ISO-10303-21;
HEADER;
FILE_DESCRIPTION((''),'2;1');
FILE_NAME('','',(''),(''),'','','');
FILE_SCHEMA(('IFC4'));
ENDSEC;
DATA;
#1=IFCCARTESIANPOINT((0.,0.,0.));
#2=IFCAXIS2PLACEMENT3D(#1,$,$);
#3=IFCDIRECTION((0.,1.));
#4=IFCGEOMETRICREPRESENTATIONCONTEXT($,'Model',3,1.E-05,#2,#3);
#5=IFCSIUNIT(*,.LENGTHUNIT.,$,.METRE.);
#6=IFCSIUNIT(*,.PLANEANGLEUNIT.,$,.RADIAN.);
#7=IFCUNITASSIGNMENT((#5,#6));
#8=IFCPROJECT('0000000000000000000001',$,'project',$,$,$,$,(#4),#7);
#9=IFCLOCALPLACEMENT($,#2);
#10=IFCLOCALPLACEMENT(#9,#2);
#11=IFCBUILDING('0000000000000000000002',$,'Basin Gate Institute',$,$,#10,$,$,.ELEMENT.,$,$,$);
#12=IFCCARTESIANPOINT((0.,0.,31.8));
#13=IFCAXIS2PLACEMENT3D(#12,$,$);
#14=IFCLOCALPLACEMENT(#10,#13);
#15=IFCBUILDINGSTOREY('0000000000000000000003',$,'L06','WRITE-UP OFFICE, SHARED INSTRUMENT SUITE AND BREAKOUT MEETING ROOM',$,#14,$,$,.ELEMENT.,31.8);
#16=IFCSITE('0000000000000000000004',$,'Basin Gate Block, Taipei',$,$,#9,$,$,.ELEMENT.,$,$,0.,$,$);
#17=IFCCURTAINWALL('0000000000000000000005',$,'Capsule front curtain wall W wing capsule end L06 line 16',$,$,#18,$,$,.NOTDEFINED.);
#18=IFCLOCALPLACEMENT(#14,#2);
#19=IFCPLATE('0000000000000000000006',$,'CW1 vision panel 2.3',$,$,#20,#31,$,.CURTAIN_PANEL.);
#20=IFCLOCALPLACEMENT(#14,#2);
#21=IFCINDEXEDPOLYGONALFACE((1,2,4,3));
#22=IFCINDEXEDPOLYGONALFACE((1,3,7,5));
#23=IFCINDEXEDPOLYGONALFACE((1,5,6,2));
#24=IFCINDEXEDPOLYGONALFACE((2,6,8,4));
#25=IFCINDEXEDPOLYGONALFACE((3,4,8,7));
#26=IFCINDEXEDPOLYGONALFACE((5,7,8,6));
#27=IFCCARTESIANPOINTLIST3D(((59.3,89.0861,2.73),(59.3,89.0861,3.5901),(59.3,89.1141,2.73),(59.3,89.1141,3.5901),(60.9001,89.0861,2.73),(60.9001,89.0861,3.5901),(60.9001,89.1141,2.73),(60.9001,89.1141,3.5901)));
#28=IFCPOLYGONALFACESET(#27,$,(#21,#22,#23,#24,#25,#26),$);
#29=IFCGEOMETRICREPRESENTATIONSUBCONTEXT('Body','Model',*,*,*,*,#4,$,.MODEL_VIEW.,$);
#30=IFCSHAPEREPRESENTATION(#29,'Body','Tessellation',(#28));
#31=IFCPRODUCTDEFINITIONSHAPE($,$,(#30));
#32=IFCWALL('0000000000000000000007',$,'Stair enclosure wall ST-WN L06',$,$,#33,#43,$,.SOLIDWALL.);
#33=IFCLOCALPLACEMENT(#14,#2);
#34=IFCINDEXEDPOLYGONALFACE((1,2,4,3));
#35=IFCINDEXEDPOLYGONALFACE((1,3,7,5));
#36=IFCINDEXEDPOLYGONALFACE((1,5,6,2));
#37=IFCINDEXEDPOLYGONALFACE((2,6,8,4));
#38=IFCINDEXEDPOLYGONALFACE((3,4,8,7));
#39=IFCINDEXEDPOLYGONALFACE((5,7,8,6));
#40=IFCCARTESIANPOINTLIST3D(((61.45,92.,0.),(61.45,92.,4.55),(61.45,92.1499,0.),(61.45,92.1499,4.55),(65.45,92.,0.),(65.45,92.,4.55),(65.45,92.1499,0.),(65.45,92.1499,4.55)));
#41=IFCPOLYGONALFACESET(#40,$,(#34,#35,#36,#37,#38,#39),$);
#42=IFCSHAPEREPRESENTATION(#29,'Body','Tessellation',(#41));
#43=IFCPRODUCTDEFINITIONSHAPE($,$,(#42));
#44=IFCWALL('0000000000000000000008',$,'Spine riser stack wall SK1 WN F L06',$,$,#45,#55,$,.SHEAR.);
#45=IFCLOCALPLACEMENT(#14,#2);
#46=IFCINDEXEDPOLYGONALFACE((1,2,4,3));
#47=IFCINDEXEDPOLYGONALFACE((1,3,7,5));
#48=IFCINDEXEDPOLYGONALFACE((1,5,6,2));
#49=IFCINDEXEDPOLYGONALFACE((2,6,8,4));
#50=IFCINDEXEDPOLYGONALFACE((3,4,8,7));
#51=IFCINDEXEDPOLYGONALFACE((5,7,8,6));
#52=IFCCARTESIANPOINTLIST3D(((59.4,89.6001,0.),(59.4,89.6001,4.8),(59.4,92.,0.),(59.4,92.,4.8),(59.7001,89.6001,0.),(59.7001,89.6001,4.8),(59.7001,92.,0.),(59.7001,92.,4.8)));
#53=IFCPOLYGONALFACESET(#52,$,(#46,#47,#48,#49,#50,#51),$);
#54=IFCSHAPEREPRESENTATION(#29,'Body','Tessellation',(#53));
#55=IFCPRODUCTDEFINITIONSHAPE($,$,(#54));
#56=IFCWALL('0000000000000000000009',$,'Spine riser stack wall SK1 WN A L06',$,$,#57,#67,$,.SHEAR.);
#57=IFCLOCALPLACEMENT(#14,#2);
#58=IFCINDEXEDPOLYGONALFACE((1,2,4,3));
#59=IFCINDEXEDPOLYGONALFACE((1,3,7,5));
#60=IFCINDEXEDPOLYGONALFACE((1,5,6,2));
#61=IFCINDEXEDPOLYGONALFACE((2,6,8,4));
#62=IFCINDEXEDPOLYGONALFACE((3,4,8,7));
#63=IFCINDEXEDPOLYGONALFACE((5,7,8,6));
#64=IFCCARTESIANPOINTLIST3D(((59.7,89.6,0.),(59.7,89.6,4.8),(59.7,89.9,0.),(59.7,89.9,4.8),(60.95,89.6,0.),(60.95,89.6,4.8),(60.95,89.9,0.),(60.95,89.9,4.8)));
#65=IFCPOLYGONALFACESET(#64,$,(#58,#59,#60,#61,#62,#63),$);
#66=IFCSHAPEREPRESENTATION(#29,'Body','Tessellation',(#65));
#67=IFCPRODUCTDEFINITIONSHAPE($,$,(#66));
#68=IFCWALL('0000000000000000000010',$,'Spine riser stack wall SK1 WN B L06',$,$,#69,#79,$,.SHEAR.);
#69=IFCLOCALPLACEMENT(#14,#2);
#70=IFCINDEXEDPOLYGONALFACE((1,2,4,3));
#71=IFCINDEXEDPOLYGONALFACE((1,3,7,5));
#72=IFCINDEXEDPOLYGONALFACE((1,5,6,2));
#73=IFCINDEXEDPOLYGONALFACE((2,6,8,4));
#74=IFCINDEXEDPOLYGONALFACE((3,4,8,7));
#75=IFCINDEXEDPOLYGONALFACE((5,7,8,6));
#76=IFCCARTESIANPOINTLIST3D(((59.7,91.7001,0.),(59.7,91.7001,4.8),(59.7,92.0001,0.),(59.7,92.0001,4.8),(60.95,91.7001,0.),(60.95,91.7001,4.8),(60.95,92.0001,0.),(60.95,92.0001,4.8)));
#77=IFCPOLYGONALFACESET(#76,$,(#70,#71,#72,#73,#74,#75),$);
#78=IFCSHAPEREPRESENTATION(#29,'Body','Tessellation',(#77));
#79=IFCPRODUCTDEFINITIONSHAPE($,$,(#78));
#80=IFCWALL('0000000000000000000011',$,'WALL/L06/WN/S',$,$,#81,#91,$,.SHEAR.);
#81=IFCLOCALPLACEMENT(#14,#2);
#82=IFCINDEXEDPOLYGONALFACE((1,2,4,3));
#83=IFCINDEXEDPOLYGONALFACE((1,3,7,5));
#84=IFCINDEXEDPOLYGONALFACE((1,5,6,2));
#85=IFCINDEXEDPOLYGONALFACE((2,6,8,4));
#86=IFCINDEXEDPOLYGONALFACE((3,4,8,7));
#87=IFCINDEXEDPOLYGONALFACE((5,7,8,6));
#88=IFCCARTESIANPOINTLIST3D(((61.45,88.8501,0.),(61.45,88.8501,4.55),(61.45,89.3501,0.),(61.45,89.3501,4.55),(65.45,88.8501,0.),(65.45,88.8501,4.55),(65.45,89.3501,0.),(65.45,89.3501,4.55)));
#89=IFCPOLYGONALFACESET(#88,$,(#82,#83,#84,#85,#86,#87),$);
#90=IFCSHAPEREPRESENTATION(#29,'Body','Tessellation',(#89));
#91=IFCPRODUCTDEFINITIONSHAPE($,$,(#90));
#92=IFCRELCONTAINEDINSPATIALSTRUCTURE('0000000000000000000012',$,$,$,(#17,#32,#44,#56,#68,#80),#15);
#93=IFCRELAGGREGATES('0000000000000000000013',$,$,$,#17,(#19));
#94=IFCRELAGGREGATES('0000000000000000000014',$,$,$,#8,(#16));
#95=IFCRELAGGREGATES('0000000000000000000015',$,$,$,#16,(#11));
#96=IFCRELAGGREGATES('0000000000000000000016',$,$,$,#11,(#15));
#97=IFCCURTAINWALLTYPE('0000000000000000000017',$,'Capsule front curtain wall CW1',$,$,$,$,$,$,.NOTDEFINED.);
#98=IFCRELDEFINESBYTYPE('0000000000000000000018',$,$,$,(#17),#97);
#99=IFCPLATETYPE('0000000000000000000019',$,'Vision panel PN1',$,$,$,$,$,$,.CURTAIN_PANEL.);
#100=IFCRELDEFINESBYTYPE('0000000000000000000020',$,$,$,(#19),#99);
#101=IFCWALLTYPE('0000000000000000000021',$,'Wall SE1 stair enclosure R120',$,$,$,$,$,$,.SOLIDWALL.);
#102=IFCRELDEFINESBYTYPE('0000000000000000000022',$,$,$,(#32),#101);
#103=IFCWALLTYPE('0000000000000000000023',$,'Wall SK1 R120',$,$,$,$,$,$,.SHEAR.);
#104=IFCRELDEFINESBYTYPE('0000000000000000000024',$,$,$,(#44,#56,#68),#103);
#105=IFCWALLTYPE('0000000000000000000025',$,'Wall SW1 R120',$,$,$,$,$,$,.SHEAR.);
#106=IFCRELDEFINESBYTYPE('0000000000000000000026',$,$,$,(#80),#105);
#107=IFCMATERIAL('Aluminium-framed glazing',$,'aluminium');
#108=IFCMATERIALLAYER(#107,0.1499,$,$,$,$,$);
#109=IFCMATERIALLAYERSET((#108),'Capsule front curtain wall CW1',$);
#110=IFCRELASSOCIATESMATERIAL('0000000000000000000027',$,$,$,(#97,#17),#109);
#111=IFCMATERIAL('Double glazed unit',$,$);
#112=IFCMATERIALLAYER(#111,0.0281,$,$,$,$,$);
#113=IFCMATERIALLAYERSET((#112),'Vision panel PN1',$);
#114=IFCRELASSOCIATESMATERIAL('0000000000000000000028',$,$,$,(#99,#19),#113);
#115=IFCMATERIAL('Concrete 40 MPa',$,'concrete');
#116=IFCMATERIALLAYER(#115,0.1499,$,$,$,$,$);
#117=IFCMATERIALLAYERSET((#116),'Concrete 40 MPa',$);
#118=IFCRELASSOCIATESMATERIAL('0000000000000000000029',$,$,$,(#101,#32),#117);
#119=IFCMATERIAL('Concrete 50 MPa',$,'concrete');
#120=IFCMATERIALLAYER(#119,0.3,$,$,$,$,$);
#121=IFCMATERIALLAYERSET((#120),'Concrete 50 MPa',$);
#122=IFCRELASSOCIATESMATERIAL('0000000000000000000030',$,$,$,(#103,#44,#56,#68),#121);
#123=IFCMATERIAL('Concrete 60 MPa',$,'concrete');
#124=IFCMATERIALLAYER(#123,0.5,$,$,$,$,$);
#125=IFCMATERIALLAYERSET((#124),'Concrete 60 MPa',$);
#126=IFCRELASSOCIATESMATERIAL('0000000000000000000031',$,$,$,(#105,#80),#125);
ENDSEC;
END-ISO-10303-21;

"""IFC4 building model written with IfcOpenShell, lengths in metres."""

from ifc_helpers import new_model, si_unit, direction, frame, frame_2d, origin, origin_2d, place, context, subcontext, project, spatial, rectangle, extrude, material, layer, layer_set, type_object, element, aggregate, save


model = new_model("IFC4")

# Units and contexts
model_context = context("Model", 3, precision=1e-05, world=origin(), true_north=direction((0.0, 1.0)))
body_context = subcontext(model_context, "Body", "Model", "MODEL_VIEW")
ifc_project = project(units=[si_unit("LENGTHUNIT", "METRE"), si_unit("PLANEANGLEUNIT", "RADIAN")], contexts=[model_context])

# Site, building, storey
site_placement = place(None, origin())
site = spatial("IfcSite", under=ifc_project, at=site_placement, Name="Basin Gate Block, Taipei", CompositionType="ELEMENT", RefElevation=0.0)
building_placement = place(site_placement, origin())
building = spatial("IfcBuilding", under=site, at=building_placement, Name="Basin Gate Institute", CompositionType="ELEMENT")
storey_placement = place(building_placement, frame((0.0, 0.0, 31.8)))
storey = spatial("IfcBuildingStorey", under=building, at=storey_placement, Name="L06", Description="WRITE-UP OFFICE, SHARED INSTRUMENT SUITE AND BREAKOUT MEETING ROOM", CompositionType="ELEMENT", Elevation=31.8)

# Curtain wall
ifc_material_1 = material(Name="Aluminium-framed glazing", Category="aluminium")
ifc_layer_1 = layer(ifc_material_1, 0.1499)
ifc_layer_set_1 = layer_set([ifc_layer_1], Name="Capsule front curtain wall CW1")
curtain_wall_type = type_object("IfcCurtainWallType", Name="Capsule front curtain wall CW1", PredefinedType="NOTDEFINED", material=ifc_layer_set_1)
curtain_wall_1_placement = place(storey_placement, origin())
curtain_wall_1 = element("IfcCurtainWall", 1, at=curtain_wall_1_placement, inside=storey, type_object=curtain_wall_type, material=ifc_layer_set_1, Name="Capsule front curtain wall W wing capsule end L06 line 16", PredefinedType="NOTDEFINED")

# Plate
ifc_material_2 = material(Name="Double glazed unit")
ifc_layer_2 = layer(ifc_material_2, 0.0281)
ifc_layer_set_2 = layer_set([ifc_layer_2], Name="Vision panel PN1")
plate_type_1 = type_object("IfcPlateType", Name="Vision panel PN1", PredefinedType="CURTAIN_PANEL", material=ifc_layer_set_2)
plate_1_placement = place(storey_placement, frame((60.1001, 89.1001, 2.73), z_axis=(0.0, 0.0, 1.0), x_axis=(1.0, 0.0, 0.0)))
plate_1 = element("IfcPlate", 2, at=plate_1_placement, type_object=plate_type_1, material=ifc_layer_set_2, Name="CW1 vision panel 2.3", PredefinedType="CURTAIN_PANEL", context=body_context, shape_type="SweptSolid", body=[
    extrude(rectangle(XDim=1.6001, YDim=0.0281, at=origin_2d()), origin(), (0.0, 0.0, 1.0), 0.8601),
])
aggregate(curtain_wall_1, [plate_1])

# Walls
ifc_material_3 = material(Name="Concrete 40 MPa", Category="concrete")
ifc_layer_3 = layer(ifc_material_3, 0.1499)
ifc_layer_set_3 = layer_set([ifc_layer_3], Name="Concrete 40 MPa")
wall_type_1 = type_object("IfcWallType", Name="Wall SE1 stair enclosure R120", PredefinedType="SOLIDWALL", material=ifc_layer_set_3)
wall_1_placement = place(storey_placement, frame((61.45, 92.075, 0.0), z_axis=(0.0, 0.0, 1.0), x_axis=(1.0, 0.0, 0.0)))
element("IfcWall", 3, at=wall_1_placement, inside=storey, type_object=wall_type_1, material=ifc_layer_set_3, Name="Stair enclosure wall ST-WN L06", PredefinedType="SOLIDWALL", context=body_context, shape_type="SweptSolid", body=[
    extrude(rectangle(XDim=4.0, YDim=0.1499, at=frame_2d((2.0, 0.0))), origin(), (0.0, 0.0, 1.0), 4.55),
])
ifc_material_4 = material(Name="Concrete 50 MPa", Category="concrete")
ifc_layer_4 = layer(ifc_material_4, 0.3)
ifc_layer_set_4 = layer_set([ifc_layer_4], Name="Concrete 50 MPa")
wall_type_2 = type_object("IfcWallType", Name="Wall SK1 R120", PredefinedType="SHEAR", material=ifc_layer_set_4)
wall_2_placement = place(storey_placement, frame((59.55, 89.6001, 0.0), z_axis=(0.0, 0.0, 1.0), x_axis=(0.0, 1.0, 0.0)))
element("IfcWall", 4, at=wall_2_placement, inside=storey, type_object=wall_type_2, material=ifc_layer_set_4, Name="Spine riser stack wall SK1 WN F L06", PredefinedType="SHEAR", context=body_context, shape_type="SweptSolid", body=[
    extrude(rectangle(XDim=2.3999, YDim=0.3, at=frame_2d((1.2, 0.0))), origin(), (0.0, 0.0, 1.0), 4.8),
])
for number, where, z_axis, x_axis, name in (
    (5, (60.95, 89.75, 0.0), (0.0, 0.0, 1.0), (-1.0, 0.0, 0.0), "Spine riser stack wall SK1 WN A L06"),
    (6, (60.95, 91.8501, 0.0), (0.0, 0.0, 1.0), (-1.0, 0.0, 0.0), "Spine riser stack wall SK1 WN B L06"),
):
    element("IfcWall", number, at=place(storey_placement, frame(where, z_axis=z_axis, x_axis=x_axis)), inside=storey, type_object=wall_type_2, material=ifc_layer_set_4, Name=name, PredefinedType="SHEAR", context=body_context, shape_type="SweptSolid", body=[
        extrude(rectangle(XDim=1.25, YDim=0.3, at=frame_2d((0.625, 0.0))), origin(), (0.0, 0.0, 1.0), 4.8),
    ])
ifc_material_5 = material(Name="Concrete 60 MPa", Category="concrete")
ifc_layer_5 = layer(ifc_material_5, 0.5)
ifc_layer_set_5 = layer_set([ifc_layer_5], Name="Concrete 60 MPa")
wall_type_3 = type_object("IfcWallType", Name="Wall SW1 R120", PredefinedType="SHEAR", material=ifc_layer_set_5)
wall_3_placement = place(storey_placement, frame((61.45, 89.1001, 0.0), z_axis=(0.0, 0.0, 1.0), x_axis=(1.0, 0.0, 0.0)))
element("IfcWall", 7, at=wall_3_placement, inside=storey, type_object=wall_type_3, material=ifc_layer_set_5, Name="WALL/L06/WN/S", PredefinedType="SHEAR", context=body_context, shape_type="SweptSolid", body=[
    extrude(rectangle(XDim=4.0, YDim=0.5, at=frame_2d((2.0, 0.0))), origin(), (0.0, 0.0, 1.0), 4.55),
])

save(model, "model.ifc")
